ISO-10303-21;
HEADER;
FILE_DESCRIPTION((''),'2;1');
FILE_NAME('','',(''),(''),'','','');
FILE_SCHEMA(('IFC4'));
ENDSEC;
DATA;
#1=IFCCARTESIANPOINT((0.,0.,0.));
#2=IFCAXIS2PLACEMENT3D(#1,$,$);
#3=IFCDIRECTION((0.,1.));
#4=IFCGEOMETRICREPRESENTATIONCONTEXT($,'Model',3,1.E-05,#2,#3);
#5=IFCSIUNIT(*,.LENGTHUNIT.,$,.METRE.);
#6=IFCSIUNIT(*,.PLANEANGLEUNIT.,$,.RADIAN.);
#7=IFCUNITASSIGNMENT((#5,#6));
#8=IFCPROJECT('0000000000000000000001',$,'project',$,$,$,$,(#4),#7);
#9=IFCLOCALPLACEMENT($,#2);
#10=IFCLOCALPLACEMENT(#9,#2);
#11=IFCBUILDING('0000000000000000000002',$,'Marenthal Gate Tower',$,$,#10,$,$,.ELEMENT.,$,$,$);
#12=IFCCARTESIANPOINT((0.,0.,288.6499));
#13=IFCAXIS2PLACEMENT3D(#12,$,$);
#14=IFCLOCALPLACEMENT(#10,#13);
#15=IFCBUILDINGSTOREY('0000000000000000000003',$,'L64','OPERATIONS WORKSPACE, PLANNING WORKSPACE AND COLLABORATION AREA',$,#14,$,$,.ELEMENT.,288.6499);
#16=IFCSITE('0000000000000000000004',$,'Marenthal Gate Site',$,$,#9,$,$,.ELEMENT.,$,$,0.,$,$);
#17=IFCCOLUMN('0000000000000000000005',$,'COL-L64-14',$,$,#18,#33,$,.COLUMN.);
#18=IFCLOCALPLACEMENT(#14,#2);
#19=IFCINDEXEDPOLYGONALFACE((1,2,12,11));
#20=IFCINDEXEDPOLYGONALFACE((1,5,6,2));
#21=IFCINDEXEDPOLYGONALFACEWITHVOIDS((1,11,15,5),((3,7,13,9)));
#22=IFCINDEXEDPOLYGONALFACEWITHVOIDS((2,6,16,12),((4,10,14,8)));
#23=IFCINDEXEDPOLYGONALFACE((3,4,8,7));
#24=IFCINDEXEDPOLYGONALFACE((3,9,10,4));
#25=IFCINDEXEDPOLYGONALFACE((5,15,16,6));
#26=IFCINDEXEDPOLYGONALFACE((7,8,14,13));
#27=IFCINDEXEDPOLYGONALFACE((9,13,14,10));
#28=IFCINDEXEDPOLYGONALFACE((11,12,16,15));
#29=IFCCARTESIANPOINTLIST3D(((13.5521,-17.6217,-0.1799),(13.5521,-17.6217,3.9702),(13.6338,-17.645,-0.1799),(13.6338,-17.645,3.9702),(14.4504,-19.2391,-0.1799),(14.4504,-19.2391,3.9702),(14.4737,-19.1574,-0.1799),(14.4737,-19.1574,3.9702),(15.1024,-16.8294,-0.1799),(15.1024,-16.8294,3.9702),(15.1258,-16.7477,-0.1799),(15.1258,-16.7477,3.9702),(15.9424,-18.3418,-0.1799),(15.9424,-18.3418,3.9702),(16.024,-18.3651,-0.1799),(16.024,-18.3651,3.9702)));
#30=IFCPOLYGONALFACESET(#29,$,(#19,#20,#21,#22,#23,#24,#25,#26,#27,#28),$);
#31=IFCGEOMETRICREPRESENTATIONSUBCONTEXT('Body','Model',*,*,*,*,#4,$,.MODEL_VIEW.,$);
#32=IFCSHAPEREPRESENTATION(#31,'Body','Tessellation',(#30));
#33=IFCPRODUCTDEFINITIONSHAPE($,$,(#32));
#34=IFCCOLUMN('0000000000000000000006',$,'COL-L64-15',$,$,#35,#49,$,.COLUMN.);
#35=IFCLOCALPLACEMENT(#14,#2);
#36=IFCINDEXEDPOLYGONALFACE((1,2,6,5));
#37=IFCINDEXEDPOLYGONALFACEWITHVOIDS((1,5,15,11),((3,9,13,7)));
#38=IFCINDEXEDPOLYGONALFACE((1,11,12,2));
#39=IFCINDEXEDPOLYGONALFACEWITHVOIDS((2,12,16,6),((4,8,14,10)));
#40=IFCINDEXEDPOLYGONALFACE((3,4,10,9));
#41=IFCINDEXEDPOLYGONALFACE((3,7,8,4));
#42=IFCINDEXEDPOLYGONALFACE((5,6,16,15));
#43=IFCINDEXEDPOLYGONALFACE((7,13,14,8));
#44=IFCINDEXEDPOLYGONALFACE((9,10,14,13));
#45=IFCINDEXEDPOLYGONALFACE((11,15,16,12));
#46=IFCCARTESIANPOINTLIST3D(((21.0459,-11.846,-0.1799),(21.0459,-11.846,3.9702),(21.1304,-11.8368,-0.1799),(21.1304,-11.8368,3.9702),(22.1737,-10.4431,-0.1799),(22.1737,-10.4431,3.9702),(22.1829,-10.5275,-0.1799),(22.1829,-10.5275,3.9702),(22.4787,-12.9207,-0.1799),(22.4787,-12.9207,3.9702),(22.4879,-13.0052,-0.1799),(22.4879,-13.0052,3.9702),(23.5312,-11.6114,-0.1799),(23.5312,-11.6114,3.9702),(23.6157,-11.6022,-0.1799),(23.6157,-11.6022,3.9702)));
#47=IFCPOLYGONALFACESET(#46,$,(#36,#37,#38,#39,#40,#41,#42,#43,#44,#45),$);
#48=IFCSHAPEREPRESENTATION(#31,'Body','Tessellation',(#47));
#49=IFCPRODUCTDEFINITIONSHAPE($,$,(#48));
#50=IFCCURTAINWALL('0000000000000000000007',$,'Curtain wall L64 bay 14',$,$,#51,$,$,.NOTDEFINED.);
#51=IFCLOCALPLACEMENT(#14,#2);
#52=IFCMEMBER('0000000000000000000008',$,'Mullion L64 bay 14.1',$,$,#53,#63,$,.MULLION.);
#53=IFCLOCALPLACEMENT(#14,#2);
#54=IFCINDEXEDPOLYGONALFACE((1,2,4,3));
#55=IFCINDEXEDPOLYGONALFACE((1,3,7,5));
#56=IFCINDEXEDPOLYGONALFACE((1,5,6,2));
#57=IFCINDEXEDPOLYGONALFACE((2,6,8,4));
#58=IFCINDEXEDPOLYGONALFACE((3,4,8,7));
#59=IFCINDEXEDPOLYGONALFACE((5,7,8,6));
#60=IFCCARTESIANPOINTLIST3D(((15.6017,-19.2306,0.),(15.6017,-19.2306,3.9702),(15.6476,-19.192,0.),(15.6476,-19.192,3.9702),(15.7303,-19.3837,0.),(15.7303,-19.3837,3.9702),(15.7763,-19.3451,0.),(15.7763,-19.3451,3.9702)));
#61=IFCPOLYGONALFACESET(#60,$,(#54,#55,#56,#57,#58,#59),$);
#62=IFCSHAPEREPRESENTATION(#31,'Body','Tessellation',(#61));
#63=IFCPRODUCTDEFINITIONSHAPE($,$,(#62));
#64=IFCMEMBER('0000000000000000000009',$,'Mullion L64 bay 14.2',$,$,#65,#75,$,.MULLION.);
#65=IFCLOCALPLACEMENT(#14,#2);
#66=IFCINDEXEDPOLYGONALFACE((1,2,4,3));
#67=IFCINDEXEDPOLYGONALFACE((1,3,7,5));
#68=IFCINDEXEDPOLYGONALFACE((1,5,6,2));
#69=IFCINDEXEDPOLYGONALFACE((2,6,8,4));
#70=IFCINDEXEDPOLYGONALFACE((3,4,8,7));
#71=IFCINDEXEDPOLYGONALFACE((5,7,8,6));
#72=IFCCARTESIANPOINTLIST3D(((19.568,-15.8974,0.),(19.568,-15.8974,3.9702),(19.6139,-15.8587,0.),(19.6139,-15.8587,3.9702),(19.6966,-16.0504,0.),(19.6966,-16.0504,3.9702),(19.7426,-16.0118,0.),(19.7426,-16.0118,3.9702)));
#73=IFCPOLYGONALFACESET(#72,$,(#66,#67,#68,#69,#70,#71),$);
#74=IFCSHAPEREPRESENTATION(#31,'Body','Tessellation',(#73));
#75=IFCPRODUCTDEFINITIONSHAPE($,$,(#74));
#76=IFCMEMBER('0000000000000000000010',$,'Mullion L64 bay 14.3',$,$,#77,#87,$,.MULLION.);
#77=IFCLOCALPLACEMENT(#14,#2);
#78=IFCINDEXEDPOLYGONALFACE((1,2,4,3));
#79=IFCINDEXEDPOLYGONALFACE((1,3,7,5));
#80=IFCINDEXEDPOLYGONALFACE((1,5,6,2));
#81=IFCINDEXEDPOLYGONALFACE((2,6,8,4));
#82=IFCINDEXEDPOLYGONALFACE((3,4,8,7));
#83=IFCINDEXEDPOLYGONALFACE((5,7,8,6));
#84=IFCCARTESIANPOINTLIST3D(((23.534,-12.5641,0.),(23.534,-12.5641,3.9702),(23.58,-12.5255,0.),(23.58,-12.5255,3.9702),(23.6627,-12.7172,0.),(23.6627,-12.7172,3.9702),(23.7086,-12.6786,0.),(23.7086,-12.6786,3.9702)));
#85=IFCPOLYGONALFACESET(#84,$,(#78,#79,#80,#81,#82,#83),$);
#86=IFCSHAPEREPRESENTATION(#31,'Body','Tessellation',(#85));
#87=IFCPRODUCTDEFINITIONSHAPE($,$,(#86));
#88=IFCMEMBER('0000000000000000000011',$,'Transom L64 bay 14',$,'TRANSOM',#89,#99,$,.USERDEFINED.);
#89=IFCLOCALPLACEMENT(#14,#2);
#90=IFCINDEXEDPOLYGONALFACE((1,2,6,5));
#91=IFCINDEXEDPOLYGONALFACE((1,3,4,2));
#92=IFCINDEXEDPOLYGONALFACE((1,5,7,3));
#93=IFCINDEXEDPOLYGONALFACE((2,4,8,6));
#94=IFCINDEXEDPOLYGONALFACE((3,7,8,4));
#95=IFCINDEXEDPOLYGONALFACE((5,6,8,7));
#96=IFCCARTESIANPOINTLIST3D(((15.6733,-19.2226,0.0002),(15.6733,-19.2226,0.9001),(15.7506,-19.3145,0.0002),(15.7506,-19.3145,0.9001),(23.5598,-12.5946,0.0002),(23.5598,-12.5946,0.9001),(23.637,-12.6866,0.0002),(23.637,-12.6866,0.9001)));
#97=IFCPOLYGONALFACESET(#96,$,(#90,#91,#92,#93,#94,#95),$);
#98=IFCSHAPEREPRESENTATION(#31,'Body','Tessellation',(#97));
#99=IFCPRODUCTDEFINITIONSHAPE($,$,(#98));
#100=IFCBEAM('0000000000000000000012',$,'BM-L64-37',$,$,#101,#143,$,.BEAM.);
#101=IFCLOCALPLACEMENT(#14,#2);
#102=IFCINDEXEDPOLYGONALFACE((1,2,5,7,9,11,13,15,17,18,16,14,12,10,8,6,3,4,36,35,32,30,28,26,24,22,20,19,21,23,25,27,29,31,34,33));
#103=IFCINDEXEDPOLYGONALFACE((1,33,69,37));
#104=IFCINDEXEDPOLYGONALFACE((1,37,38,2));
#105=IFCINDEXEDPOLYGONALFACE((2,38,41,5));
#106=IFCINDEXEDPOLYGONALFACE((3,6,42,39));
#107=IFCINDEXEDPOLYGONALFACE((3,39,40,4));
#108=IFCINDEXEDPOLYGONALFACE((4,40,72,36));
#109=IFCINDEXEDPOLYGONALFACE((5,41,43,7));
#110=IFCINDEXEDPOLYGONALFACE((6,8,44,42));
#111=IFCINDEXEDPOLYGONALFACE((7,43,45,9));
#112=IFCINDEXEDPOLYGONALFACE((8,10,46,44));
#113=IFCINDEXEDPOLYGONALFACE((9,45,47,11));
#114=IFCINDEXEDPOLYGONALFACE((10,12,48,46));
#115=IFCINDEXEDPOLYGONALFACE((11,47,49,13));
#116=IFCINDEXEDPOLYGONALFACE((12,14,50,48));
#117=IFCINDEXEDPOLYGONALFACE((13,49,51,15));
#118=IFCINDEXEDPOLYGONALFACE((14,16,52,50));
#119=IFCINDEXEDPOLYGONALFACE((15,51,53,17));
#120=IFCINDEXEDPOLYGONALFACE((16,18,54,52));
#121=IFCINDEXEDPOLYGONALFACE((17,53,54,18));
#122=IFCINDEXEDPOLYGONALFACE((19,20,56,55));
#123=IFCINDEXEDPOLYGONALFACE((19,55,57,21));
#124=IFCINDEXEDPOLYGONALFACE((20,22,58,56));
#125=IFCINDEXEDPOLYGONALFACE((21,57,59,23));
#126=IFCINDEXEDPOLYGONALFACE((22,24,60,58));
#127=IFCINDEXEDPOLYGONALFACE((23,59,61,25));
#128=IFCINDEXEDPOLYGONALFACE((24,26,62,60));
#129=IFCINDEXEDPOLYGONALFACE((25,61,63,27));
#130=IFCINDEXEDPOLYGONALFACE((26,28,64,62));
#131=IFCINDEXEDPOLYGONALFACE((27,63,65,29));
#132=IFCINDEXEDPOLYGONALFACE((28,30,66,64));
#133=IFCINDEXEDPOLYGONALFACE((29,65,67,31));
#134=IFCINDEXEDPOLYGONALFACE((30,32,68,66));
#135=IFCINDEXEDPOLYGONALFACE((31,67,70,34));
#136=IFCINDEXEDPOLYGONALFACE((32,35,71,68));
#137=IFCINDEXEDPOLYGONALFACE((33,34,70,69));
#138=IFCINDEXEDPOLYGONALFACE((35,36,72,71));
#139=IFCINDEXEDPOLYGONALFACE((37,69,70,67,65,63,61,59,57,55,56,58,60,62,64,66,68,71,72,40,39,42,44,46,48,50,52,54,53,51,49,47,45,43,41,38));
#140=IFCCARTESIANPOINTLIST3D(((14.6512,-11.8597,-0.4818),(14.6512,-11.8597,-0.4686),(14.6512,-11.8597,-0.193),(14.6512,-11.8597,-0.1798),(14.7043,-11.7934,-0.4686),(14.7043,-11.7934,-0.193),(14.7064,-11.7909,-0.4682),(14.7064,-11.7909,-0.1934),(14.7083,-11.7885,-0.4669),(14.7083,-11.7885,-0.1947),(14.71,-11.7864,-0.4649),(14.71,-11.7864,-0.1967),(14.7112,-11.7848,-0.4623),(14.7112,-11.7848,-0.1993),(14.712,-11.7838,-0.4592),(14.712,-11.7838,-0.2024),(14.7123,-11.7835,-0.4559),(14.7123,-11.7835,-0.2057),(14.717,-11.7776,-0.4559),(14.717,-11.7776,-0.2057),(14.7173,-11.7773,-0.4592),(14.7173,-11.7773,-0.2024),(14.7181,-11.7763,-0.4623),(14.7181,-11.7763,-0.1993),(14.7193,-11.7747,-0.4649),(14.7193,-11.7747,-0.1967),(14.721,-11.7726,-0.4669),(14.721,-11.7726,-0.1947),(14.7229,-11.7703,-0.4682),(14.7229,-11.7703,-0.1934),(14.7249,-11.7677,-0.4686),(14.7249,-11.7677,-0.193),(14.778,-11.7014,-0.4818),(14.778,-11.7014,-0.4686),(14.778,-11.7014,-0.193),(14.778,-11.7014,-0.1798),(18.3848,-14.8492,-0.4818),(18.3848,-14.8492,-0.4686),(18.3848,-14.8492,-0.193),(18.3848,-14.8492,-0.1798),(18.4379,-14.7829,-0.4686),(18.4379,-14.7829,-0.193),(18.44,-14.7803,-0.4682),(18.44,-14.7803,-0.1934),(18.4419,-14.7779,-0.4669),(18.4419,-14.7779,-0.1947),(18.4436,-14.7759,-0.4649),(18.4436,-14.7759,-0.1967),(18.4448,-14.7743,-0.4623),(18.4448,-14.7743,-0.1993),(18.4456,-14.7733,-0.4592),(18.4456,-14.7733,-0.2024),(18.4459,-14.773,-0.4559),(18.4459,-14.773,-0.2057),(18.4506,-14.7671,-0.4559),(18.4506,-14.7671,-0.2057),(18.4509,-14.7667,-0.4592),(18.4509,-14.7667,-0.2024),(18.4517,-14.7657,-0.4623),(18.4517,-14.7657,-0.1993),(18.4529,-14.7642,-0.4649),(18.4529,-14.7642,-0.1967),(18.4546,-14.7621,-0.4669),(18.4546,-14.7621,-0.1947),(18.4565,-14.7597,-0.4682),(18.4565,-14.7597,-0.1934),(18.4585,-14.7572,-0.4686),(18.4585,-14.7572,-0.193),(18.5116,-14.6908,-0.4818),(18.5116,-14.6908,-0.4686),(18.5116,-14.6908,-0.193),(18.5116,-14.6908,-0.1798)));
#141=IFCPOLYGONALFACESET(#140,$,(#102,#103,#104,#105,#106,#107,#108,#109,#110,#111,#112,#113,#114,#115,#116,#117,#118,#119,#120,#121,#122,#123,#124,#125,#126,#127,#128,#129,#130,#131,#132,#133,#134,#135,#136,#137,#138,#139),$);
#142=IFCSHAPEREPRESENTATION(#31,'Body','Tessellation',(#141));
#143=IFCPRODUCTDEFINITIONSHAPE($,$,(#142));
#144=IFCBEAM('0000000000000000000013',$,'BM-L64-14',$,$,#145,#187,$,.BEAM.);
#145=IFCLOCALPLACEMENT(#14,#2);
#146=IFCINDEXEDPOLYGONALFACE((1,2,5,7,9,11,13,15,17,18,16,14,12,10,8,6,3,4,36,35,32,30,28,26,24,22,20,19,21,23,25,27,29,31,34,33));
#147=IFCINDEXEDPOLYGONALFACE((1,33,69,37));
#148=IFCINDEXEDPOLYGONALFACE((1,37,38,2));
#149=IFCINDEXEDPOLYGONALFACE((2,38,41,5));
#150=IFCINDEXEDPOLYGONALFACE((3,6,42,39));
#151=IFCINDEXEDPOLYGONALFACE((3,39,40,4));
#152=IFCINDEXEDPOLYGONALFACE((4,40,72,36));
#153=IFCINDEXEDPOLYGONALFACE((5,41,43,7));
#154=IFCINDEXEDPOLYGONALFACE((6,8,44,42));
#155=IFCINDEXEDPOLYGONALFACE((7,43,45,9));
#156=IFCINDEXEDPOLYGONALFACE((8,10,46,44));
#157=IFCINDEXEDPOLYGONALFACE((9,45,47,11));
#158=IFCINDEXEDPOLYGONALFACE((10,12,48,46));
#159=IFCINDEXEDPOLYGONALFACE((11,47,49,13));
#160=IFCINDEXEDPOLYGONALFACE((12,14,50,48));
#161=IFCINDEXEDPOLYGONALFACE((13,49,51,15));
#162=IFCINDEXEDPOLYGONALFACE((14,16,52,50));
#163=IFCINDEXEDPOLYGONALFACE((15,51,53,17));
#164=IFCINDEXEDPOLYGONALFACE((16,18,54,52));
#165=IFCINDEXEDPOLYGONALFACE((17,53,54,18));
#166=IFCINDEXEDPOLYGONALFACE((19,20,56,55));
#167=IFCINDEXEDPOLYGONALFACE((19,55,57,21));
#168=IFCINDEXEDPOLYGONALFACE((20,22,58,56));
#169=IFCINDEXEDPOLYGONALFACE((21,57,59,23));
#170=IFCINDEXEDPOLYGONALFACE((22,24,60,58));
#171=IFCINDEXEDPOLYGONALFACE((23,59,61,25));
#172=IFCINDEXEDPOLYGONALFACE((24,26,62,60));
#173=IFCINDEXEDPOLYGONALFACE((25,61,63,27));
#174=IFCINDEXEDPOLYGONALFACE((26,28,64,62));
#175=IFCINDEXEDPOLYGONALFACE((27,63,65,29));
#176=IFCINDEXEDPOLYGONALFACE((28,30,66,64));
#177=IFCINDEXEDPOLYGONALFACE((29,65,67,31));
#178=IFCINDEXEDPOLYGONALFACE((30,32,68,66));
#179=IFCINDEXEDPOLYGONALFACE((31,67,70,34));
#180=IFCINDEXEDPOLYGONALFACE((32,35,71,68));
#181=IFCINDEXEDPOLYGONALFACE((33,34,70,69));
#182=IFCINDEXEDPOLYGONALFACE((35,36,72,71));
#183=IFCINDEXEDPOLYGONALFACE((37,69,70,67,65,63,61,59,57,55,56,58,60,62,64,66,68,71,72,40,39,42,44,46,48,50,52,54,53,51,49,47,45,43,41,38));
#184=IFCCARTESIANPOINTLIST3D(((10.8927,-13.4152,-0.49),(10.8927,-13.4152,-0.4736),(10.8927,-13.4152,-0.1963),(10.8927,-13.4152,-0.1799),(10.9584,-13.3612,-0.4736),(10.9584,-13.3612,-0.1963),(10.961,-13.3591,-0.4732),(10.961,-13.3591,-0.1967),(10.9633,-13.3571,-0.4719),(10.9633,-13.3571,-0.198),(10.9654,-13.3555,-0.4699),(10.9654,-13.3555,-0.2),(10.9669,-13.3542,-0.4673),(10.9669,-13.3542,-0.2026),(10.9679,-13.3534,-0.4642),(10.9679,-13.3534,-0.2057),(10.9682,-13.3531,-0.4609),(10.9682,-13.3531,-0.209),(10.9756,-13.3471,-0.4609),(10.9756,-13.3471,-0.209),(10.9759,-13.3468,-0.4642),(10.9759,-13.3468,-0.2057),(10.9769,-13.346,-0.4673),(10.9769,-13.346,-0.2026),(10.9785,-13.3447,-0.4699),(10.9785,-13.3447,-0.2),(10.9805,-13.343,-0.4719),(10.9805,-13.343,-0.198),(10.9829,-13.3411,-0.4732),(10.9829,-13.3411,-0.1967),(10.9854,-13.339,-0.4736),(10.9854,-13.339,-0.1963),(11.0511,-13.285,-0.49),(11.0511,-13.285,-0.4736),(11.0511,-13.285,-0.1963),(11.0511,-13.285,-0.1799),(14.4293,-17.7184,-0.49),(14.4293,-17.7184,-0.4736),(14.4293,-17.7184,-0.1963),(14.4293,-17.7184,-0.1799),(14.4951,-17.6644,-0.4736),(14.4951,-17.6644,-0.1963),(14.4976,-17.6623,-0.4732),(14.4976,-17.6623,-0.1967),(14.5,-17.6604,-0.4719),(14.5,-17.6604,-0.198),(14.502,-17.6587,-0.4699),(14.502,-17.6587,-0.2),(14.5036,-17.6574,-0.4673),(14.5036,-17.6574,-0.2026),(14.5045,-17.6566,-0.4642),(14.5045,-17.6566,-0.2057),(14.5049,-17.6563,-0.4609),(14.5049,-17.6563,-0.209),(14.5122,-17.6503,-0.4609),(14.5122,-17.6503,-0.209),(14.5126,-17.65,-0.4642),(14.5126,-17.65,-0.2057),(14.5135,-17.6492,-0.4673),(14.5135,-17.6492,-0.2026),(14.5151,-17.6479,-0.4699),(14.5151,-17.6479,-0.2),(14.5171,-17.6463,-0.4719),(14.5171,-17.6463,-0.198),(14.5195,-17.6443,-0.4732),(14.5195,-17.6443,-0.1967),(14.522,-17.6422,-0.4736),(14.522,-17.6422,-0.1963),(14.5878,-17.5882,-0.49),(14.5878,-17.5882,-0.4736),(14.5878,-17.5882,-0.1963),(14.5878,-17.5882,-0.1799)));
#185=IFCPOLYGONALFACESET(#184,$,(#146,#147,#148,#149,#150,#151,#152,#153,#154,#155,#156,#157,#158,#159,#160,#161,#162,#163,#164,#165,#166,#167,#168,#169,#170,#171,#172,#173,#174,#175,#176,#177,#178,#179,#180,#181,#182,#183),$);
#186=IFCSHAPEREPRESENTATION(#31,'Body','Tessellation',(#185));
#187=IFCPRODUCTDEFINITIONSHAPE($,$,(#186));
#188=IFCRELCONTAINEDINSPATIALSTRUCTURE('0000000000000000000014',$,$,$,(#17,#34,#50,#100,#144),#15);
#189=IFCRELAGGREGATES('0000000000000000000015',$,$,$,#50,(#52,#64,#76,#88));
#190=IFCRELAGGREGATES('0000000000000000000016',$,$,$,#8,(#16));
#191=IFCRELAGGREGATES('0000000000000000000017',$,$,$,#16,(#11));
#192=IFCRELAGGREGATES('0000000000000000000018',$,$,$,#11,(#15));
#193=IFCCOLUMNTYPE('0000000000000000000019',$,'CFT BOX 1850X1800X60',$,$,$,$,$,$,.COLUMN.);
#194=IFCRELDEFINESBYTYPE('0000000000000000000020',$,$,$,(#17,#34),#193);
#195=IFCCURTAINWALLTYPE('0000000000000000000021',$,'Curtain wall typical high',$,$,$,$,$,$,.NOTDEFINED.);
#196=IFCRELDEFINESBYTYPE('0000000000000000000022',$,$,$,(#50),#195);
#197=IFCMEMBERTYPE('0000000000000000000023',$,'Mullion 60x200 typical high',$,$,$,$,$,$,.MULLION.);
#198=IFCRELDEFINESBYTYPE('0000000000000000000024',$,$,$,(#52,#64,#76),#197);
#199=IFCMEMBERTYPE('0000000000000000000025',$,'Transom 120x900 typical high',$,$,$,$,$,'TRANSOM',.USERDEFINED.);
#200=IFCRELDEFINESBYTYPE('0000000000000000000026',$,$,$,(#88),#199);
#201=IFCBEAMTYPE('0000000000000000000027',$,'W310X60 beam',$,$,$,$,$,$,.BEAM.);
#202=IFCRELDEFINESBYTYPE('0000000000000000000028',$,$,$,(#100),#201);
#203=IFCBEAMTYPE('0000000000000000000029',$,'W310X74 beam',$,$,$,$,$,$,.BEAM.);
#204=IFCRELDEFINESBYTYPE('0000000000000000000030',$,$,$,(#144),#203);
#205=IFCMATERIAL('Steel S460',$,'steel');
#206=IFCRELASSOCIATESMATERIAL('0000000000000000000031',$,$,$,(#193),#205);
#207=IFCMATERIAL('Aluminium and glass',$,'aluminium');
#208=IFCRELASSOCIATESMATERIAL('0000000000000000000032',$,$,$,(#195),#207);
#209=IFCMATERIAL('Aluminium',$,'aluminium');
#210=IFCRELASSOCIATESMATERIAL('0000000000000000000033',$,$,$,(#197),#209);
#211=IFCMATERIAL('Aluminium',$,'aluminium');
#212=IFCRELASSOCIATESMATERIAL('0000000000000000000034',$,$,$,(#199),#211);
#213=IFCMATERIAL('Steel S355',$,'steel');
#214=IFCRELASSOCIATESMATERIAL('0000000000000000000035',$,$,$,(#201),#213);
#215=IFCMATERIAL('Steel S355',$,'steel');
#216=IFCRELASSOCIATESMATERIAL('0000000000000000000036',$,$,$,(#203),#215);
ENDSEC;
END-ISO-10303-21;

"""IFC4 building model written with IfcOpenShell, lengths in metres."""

from ifc_helpers import new_model, si_unit, direction, frame, origin, origin_2d, place, context, subcontext, project, spatial, rectangle, hollow_rectangle, i_section, extrude, material, material_profile, profile_set, type_object, element, aggregate, save


model = new_model("IFC4")

# Units and contexts
model_context = context("Model", 3, precision=1e-05, world=origin(), true_north=direction((0.0, 1.0)))
body_context = subcontext(model_context, "Body", "Model", "MODEL_VIEW")
ifc_project = project(units=[si_unit("LENGTHUNIT", "METRE"), si_unit("PLANEANGLEUNIT", "RADIAN")], contexts=[model_context])

# Site, building, storey
site_placement = place(None, origin())
site = spatial("IfcSite", under=ifc_project, at=site_placement, Name="Marenthal Gate Site", CompositionType="ELEMENT", RefElevation=0.0)
building_placement = place(site_placement, origin())
building = spatial("IfcBuilding", under=site, at=building_placement, Name="Marenthal Gate Tower", CompositionType="ELEMENT")
storey_placement = place(building_placement, frame((0.0, 0.0, 288.6499)))
storey = spatial("IfcBuildingStorey", under=building, at=storey_placement, Name="L64", Description="OPERATIONS WORKSPACE, PLANNING WORKSPACE AND COLLABORATION AREA", CompositionType="ELEMENT", Elevation=288.6499)

# Columns
ifc_material_1 = material(Name="Steel S460", Category="steel")
ifc_material_profile_1 = material_profile(ifc_material_1, hollow_rectangle(XDim=1.8, YDim=1.8501, WallThickness=0.0601, at=origin_2d()), Name="CFT BOX 1850X1800X60")
ifc_material_2 = material(Name="Concrete 70 MPa", Category="concrete")
ifc_material_profile_2 = material_profile(ifc_material_2, rectangle(XDim=1.6799, YDim=1.73, at=origin_2d()), Name="CFT BOX 1850X1800X60 INFILL")
ifc_profile_set_1 = profile_set([ifc_material_profile_1, ifc_material_profile_2], Name="Steel S460 shell, Concrete 70 MPa infill")
column_type = type_object("IfcColumnType", Name="CFT BOX 1850X1800X60", PredefinedType="COLUMN", material=ifc_profile_set_1)
for number, where, z_axis, x_axis, name in (
    (1, (14.7881, -17.9934, -0.1799), (0.0, 0.0, 1.0), (-0.874222, -0.485527, 0.0), "COL-L64-14"),
    (2, (22.3308, -11.7241, -0.1799), (0.0, 0.0, 1.0), (-0.62654, -0.779389, 0.0), "COL-L64-15"),
):
    element("IfcColumn", number, at=place(storey_placement, frame(where, z_axis=z_axis, x_axis=x_axis)), inside=storey, type_object=column_type, Name=name, PredefinedType="COLUMN", context=body_context, shape_type="SweptSolid", body=[
        extrude(hollow_rectangle(XDim=1.8, YDim=1.8501, WallThickness=0.0601, at=origin_2d()), origin(), (0.0, 0.0, 1.0), 4.1501),
    ])

# Curtain wall, members
ifc_material_3 = material(Name="Aluminium and glass", Category="aluminium")
curtain_wall_type = type_object("IfcCurtainWallType", Name="Curtain wall typical high", PredefinedType="NOTDEFINED", material=ifc_material_3)
curtain_wall_placement = place(storey_placement, origin())
curtain_wall = element("IfcCurtainWall", 3, at=curtain_wall_placement, inside=storey, type_object=curtain_wall_type, Name="Curtain wall L64 bay 14", PredefinedType="NOTDEFINED")
ifc_material_4 = material(Name="Aluminium", Category="aluminium")
ifc_material_profile_3 = material_profile(ifc_material_4, rectangle(XDim=0.2, YDim=0.0601, at=origin_2d()), Name="60x200 aluminium mullion")
ifc_profile_set_2 = profile_set([ifc_material_profile_3], Name="Aluminium")
member_type_1 = type_object("IfcMemberType", Name="Mullion 60x200 typical high", PredefinedType="MULLION", material=ifc_profile_set_2)
member_1_placement = place(storey_placement, frame((15.689, -19.2878, 0.0), z_axis=(0.0, 0.0, 1.0), x_axis=(-0.64338, 0.765547, 0.0)))
member_1 = element("IfcMember", 4, at=member_1_placement, type_object=member_type_1, Name="Mullion L64 bay 14.1", PredefinedType="MULLION", context=body_context, shape_type="SweptSolid", body=[
    extrude(rectangle(XDim=0.2, YDim=0.0601, at=origin_2d()), origin(), (0.0, 0.0, 1.0), 3.9702),
])
member_2_placement = place(storey_placement, frame((19.6553, -15.9546, 0.0), z_axis=(0.0, 0.0, 1.0), x_axis=(-0.64338, 0.765547, 0.0)))
member_2 = element("IfcMember", 5, at=member_2_placement, type_object=member_type_1, Name="Mullion L64 bay 14.2", PredefinedType="MULLION", context=body_context, shape_type="SweptSolid", body=[
    extrude(rectangle(XDim=0.2, YDim=0.0601, at=origin_2d()), origin(), (0.0, 0.0, 1.0), 3.9702),
])
member_3_placement = place(storey_placement, frame((23.6213, -12.6213, 0.0), z_axis=(0.0, 0.0, 1.0), x_axis=(-0.64338, 0.765547, 0.0)))
member_3 = element("IfcMember", 6, at=member_3_placement, type_object=member_type_1, Name="Mullion L64 bay 14.3", PredefinedType="MULLION", context=body_context, shape_type="SweptSolid", body=[
    extrude(rectangle(XDim=0.2, YDim=0.0601, at=origin_2d()), origin(), (0.0, 0.0, 1.0), 3.9702),
])
ifc_material_5 = material(Name="Aluminium", Category="aluminium")
ifc_material_profile_4 = material_profile(ifc_material_5, rectangle(XDim=0.1201, YDim=0.8999, at=origin_2d()), Name="120x900 aluminium transom")
ifc_profile_set_3 = profile_set([ifc_material_profile_4], Name="Aluminium")
member_type_2 = type_object("IfcMemberType", Name="Transom 120x900 typical high", ElementType="TRANSOM", PredefinedType="USERDEFINED", material=ifc_profile_set_3)
member_4_placement = place(storey_placement, frame((15.7119, -19.2686, 0.4502), z_axis=(0.765548, 0.643379, 0.0), x_axis=(-0.643379, 0.765548, 0.0)))
member_4 = element("IfcMember", 7, at=member_4_placement, type_object=member_type_2, Name="Transom L64 bay 14", ObjectType="TRANSOM", PredefinedType="USERDEFINED", context=body_context, shape_type="SweptSolid", body=[
    extrude(rectangle(XDim=0.1201, YDim=0.8999, at=origin_2d()), origin(), (0.0, 0.0, 1.0), 10.3018),
])

# Beams
ifc_material_6 = material(Name="Steel S355", Category="steel")
ifc_material_profile_5 = material_profile(ifc_material_6, i_section(OverallWidth=0.2029, OverallDepth=0.302, WebThickness=0.0076, FlangeThickness=0.0132, FilletRadius=0.0127, at=origin_2d()), Name="W310X60")
ifc_profile_set_4 = profile_set([ifc_material_profile_5], Name="Steel S355")
beam_type_1 = type_object("IfcBeamType", Name="W310X60 beam", PredefinedType="BEAM", material=ifc_profile_set_4)
beam_1_placement = place(storey_placement, frame((18.4482, -14.77, -0.3308), z_axis=(-0.780605, 0.625025, 0.0), x_axis=(-0.625025, -0.780605, 0.0)))
element("IfcBeam", 8, at=beam_1_placement, inside=storey, type_object=beam_type_1, Name="BM-L64-37", PredefinedType="BEAM", context=body_context, shape_type="SweptSolid", body=[
    extrude(i_section(OverallWidth=0.2029, OverallDepth=0.302, WebThickness=0.0076, FlangeThickness=0.0132, FilletRadius=0.0127, at=origin_2d()), origin(), (0.0, 0.0, 1.0), 4.783),
])
ifc_material_7 = material(Name="Steel S355", Category="steel")
ifc_material_profile_6 = material_profile(ifc_material_7, i_section(OverallWidth=0.2051, OverallDepth=0.3101, WebThickness=0.0095, FlangeThickness=0.0164, FilletRadius=0.0127, at=origin_2d()), Name="W310X74")
ifc_profile_set_5 = profile_set([ifc_material_profile_6], Name="Steel S355")
beam_type_2 = type_object("IfcBeamType", Name="W310X74 beam", PredefinedType="BEAM", material=ifc_profile_set_5)
beam_2_placement = place(storey_placement, frame((14.5085, -17.6533, -0.335), z_axis=(-0.634936, 0.772565, 0.0), x_axis=(-0.772565, -0.634936, 0.0)))
element("IfcBeam", 9, at=beam_2_placement, inside=storey, type_object=beam_type_2, Name="BM-L64-14", PredefinedType="BEAM", context=body_context, shape_type="SweptSolid", body=[
    extrude(i_section(OverallWidth=0.2051, OverallDepth=0.3101, WebThickness=0.0095, FlangeThickness=0.0164, FilletRadius=0.0127, at=origin_2d()), origin(), (0.0, 0.0, 1.0), 5.5701),
])

aggregate(curtain_wall, [member_1, member_2, member_3, member_4])

save(model, "model.ifc")
